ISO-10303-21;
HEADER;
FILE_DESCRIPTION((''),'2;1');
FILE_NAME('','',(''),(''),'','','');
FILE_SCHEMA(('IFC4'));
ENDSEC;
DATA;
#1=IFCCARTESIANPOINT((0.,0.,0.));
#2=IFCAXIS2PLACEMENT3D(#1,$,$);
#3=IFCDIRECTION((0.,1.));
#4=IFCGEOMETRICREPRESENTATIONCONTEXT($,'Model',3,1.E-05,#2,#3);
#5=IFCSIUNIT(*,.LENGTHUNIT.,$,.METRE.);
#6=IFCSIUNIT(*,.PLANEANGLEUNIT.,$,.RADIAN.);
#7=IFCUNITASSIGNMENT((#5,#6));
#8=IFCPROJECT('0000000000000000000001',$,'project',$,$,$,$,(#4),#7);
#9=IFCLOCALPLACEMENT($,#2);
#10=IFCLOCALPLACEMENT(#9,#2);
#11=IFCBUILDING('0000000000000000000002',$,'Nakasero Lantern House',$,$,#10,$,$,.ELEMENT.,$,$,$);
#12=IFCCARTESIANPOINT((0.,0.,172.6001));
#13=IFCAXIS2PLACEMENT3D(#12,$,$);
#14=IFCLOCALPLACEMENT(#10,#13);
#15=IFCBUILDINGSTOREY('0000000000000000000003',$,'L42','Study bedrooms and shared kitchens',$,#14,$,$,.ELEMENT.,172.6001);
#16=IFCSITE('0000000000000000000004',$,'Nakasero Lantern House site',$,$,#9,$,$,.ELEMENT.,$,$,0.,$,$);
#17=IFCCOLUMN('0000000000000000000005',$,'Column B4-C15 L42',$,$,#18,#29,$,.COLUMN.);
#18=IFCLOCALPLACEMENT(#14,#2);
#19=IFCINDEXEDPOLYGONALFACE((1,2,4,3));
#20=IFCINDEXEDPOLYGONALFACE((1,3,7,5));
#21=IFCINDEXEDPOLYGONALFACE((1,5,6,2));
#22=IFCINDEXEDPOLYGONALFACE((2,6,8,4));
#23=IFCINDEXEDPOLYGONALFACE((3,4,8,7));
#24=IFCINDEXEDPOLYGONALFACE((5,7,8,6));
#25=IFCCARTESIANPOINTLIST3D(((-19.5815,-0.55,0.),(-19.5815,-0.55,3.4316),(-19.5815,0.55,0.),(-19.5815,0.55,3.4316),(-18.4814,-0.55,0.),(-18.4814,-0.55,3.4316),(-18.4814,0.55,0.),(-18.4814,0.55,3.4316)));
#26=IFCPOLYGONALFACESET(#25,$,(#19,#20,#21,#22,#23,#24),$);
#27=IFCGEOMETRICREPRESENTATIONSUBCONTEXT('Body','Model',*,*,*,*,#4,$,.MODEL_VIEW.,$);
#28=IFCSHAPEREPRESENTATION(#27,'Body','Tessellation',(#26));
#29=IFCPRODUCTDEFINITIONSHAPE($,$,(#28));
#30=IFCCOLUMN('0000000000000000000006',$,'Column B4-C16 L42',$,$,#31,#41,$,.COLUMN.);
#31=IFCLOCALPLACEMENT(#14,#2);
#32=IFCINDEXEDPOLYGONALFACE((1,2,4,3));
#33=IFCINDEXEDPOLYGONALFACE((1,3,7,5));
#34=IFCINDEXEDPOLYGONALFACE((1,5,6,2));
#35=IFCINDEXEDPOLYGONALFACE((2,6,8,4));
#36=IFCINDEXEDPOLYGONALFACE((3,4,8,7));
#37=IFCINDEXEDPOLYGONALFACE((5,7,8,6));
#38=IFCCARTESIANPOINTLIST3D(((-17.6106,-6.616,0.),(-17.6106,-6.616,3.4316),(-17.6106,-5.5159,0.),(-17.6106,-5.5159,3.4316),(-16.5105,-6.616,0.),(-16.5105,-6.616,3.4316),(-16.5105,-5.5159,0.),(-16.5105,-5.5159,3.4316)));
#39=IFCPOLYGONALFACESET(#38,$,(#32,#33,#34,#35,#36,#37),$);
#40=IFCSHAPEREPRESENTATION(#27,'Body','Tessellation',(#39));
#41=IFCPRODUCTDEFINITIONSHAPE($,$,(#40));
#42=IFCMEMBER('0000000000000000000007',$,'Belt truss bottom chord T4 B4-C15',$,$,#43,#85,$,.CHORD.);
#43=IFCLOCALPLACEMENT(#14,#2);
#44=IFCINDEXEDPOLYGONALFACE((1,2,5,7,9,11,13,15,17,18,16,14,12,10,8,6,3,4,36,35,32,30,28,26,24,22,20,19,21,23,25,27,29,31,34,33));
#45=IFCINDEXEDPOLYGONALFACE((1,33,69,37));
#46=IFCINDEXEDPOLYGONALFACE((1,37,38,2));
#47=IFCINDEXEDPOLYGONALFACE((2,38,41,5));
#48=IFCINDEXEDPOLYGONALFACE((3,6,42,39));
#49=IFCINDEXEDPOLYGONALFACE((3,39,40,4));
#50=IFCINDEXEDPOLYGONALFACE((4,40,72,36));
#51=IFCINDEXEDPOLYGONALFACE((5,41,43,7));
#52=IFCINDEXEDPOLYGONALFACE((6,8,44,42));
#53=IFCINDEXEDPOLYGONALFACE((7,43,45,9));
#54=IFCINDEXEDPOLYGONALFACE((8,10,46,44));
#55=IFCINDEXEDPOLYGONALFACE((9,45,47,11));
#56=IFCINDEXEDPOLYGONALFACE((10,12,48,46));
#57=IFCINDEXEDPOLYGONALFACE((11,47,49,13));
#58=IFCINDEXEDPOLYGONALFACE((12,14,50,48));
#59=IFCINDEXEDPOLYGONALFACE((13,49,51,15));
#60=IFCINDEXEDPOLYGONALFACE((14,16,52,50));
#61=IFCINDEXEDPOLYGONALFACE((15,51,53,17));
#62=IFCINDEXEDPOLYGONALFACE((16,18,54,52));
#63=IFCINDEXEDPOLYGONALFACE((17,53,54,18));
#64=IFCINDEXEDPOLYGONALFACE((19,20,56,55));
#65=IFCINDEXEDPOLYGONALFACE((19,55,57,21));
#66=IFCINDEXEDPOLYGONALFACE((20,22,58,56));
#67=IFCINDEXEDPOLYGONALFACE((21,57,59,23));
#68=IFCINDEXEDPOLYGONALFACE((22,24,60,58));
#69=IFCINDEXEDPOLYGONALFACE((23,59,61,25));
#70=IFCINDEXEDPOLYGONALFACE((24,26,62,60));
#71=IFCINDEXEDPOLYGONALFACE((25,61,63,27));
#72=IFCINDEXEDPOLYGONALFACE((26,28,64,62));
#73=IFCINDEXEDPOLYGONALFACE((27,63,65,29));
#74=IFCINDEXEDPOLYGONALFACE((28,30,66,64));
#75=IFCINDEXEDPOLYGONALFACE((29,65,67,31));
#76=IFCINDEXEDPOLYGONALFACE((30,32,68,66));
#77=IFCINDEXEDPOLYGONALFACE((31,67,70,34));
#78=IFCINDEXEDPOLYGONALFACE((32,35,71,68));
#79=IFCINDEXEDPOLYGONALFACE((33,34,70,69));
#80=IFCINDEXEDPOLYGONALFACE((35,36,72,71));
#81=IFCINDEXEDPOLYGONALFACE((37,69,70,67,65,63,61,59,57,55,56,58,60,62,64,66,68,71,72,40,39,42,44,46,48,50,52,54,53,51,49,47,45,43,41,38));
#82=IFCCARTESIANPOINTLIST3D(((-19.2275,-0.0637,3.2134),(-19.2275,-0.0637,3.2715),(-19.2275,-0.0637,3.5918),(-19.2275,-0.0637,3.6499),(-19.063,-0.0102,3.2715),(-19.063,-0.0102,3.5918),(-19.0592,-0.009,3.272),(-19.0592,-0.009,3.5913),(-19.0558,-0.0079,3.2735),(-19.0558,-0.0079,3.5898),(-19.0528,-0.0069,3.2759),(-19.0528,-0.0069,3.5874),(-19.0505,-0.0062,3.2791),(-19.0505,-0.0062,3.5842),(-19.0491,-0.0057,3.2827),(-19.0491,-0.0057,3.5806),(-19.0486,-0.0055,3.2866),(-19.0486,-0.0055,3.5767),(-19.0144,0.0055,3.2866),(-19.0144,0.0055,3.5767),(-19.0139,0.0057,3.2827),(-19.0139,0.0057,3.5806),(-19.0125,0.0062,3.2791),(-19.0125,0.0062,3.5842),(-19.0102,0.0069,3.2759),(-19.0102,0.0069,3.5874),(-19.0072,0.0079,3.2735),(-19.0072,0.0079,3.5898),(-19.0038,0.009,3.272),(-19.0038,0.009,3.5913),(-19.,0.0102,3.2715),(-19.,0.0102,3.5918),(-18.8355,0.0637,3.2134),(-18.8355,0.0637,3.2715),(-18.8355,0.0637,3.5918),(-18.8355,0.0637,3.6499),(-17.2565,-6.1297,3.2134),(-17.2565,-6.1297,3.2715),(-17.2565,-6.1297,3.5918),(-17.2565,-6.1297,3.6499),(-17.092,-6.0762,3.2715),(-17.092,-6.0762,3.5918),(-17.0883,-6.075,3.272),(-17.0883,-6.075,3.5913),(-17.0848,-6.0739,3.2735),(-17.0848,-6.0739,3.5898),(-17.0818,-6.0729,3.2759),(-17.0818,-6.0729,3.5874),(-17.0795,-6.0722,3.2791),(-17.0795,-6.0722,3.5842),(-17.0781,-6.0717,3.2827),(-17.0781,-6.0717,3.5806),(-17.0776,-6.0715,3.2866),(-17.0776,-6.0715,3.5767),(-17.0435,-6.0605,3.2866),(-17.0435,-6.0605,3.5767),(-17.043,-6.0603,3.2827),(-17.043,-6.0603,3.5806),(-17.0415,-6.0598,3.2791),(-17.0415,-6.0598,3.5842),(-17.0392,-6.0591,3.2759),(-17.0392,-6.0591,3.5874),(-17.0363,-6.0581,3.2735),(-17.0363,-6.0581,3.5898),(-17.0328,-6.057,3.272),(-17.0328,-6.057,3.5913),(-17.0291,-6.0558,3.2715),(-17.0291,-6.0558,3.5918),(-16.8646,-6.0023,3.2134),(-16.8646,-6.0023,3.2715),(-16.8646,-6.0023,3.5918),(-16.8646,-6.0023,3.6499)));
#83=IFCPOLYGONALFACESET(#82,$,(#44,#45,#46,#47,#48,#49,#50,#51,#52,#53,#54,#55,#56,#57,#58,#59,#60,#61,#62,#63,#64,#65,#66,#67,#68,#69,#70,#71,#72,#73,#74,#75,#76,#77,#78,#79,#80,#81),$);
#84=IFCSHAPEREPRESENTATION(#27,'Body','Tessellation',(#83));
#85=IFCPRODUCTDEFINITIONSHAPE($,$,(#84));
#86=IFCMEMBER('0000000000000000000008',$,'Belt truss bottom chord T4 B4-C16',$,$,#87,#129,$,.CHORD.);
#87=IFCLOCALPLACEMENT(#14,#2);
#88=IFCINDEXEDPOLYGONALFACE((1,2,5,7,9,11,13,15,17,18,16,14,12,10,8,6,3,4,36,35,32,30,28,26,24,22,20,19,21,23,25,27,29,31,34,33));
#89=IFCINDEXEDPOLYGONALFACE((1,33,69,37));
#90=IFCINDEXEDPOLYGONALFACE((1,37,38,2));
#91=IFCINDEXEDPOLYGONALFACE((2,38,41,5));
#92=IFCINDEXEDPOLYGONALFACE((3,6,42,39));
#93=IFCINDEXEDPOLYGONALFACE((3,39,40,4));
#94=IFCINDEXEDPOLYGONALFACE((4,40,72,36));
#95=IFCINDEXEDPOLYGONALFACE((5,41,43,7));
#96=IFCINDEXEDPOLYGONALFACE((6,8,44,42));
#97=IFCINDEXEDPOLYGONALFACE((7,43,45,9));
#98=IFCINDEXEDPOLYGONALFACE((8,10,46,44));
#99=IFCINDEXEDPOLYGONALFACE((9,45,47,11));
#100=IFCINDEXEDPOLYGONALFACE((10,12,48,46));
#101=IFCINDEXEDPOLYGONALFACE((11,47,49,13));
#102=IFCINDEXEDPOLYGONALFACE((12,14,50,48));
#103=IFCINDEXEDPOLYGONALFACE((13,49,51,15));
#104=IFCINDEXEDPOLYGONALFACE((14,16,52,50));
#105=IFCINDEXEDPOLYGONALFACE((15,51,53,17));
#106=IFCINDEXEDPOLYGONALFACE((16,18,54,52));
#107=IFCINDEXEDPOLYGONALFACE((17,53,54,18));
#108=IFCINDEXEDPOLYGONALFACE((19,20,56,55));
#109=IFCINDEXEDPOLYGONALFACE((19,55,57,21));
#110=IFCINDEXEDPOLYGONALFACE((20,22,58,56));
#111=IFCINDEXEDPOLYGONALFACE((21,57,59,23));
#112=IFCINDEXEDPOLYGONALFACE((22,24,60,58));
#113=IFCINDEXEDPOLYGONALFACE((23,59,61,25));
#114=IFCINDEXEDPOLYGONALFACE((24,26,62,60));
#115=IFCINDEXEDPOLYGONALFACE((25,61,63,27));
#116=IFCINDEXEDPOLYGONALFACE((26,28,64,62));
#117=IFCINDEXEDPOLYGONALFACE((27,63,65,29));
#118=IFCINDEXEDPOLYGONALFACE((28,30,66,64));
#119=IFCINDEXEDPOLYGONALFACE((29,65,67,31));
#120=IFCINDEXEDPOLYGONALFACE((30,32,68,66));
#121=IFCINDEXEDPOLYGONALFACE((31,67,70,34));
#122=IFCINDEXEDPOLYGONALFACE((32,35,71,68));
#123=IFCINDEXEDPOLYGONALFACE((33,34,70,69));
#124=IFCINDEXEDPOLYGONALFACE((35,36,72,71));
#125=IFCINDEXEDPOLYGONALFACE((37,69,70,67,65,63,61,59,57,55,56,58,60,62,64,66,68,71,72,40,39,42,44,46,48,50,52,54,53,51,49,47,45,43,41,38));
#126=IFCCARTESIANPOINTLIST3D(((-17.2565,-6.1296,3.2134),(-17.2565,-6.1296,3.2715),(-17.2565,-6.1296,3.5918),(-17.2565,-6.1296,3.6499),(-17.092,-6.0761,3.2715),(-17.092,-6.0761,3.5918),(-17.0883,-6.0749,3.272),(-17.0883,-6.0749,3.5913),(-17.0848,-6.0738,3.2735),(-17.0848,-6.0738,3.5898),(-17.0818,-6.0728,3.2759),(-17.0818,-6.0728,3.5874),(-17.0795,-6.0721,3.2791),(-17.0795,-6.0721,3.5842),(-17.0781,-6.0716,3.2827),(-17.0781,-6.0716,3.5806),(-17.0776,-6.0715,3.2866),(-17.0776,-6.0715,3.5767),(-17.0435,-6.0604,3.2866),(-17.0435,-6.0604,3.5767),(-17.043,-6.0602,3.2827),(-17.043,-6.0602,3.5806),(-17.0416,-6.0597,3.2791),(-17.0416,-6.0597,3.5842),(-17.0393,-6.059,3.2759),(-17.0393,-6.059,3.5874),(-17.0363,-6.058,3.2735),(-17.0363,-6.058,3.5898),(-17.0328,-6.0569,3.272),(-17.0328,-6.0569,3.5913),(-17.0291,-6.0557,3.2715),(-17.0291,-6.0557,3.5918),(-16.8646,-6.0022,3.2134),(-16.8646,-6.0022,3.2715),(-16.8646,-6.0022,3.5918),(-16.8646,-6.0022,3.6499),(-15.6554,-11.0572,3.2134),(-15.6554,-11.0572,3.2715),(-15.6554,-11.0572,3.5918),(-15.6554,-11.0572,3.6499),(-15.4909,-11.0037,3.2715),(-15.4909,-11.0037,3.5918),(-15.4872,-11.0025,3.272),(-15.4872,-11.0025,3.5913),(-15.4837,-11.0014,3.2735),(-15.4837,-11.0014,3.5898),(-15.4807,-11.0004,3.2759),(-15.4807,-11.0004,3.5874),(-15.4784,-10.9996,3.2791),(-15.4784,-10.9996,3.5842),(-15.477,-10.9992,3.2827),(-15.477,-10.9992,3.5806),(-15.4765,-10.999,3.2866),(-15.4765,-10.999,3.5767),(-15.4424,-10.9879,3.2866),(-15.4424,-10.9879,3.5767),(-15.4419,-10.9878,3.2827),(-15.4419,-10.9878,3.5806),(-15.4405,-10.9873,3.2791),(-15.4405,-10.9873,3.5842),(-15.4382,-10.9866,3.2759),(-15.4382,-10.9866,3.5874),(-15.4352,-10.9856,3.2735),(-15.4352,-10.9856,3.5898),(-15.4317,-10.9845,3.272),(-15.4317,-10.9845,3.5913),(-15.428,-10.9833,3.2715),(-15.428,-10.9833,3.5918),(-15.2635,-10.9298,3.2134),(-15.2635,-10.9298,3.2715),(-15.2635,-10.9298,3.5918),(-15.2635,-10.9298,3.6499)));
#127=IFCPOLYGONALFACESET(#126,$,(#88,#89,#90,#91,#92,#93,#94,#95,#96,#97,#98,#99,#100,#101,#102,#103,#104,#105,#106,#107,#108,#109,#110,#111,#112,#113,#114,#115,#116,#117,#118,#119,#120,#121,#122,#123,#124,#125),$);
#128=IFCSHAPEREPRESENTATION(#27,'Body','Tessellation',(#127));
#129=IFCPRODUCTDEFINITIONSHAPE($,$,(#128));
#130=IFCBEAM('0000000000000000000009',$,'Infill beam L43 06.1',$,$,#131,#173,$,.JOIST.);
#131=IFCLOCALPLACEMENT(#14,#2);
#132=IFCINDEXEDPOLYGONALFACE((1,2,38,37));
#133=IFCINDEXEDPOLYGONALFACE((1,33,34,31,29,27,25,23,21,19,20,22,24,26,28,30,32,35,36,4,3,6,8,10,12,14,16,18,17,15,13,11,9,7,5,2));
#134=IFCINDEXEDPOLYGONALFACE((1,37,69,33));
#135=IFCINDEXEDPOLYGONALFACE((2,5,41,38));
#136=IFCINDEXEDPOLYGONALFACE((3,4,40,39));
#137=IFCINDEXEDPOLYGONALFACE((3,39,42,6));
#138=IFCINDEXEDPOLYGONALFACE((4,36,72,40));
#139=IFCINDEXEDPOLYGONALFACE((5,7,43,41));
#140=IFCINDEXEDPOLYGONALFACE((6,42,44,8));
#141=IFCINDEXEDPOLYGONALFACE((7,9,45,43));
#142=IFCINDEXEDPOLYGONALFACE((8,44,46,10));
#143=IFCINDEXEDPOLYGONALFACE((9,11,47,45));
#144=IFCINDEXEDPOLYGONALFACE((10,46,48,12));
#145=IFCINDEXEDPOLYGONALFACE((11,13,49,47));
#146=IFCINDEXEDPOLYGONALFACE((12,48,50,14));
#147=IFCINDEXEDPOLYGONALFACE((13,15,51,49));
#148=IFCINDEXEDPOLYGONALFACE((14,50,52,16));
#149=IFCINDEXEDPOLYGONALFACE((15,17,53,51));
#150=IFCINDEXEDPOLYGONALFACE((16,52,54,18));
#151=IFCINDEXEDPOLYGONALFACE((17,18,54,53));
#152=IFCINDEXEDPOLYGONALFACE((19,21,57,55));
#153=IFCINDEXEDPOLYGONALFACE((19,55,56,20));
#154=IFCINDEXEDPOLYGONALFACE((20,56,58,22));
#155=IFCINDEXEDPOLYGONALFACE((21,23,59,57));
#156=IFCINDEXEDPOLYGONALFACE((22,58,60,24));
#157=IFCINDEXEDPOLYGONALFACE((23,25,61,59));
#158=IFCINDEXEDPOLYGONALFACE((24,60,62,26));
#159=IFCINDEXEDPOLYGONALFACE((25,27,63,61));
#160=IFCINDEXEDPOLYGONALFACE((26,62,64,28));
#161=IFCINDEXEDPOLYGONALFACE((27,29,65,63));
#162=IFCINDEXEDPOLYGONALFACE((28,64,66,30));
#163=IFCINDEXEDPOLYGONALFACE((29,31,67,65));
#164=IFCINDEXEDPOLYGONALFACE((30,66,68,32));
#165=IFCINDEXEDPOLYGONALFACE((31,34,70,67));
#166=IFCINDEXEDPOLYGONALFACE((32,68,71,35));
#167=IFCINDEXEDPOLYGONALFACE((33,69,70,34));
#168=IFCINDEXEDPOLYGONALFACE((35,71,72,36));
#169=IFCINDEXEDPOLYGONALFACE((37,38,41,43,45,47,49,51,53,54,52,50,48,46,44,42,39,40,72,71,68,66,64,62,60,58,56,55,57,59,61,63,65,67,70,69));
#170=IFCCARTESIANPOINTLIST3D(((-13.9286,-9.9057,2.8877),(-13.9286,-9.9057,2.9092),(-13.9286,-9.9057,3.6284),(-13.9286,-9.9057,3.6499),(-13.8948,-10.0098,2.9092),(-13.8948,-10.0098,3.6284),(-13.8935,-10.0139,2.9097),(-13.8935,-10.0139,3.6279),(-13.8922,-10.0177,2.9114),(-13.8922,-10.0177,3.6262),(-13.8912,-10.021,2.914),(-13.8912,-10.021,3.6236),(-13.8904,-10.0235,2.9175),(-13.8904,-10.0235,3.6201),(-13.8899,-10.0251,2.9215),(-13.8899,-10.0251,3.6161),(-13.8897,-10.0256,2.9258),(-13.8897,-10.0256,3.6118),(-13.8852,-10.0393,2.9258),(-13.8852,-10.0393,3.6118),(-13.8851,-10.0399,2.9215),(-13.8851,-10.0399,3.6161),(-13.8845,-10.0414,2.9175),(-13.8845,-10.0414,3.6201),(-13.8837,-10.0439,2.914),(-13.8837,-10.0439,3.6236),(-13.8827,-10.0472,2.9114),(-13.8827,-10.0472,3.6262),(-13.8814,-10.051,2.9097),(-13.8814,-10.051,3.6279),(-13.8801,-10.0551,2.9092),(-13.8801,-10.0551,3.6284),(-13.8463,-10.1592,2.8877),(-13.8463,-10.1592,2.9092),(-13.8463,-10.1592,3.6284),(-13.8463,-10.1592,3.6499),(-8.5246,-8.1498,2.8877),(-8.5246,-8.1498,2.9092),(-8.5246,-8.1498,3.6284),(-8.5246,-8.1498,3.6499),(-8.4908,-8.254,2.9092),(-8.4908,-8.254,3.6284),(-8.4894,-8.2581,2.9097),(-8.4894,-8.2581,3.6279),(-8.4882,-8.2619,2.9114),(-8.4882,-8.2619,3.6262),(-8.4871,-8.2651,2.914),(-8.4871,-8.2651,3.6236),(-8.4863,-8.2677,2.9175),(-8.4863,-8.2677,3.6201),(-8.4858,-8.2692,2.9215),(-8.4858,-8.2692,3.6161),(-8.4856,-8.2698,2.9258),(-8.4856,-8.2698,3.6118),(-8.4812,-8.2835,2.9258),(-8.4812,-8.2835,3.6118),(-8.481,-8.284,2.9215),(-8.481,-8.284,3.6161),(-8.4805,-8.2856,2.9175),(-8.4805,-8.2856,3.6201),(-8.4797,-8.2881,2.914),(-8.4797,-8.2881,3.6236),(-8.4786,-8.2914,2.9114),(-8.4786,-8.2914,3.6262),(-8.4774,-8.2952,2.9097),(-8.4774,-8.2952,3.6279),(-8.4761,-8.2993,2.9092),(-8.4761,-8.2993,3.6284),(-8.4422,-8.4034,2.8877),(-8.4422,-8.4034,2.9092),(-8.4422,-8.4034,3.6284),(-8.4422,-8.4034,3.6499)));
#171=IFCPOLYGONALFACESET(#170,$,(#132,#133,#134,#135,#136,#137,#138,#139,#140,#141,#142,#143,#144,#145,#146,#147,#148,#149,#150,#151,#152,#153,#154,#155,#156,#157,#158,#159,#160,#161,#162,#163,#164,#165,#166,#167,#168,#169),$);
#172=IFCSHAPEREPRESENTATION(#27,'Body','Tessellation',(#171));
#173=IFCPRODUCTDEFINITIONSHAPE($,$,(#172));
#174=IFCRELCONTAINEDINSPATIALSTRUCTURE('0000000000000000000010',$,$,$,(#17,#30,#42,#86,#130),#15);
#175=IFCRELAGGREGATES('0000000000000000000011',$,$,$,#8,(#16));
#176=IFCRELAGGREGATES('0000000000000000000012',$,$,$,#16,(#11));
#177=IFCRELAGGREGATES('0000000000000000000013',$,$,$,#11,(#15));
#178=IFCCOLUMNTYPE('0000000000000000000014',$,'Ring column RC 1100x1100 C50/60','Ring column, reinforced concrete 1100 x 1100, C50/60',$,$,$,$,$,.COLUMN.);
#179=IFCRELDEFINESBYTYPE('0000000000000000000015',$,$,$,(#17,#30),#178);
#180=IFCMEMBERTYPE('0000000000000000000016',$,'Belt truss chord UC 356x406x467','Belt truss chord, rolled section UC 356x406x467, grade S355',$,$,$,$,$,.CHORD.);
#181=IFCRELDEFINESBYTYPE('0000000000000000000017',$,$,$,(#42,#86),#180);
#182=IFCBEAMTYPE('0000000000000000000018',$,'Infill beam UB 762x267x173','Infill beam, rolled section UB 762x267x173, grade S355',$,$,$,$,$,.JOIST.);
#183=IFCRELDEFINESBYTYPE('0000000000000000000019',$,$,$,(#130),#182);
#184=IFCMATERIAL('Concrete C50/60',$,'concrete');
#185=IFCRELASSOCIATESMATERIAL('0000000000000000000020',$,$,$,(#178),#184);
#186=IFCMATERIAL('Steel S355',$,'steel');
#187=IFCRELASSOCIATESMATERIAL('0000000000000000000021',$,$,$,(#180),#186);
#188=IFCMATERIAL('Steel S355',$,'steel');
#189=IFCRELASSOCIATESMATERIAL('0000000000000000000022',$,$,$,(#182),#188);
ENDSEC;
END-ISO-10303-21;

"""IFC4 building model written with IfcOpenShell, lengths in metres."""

from ifc_helpers import new_model, si_unit, direction, frame, origin, origin_2d, place, context, subcontext, project, spatial, rectangle, i_section, extrude, material, material_profile, profile_set, type_object, element, save


model = new_model("IFC4")

# Units and contexts
model_context = context("Model", 3, precision=1e-05, world=origin(), true_north=direction((0.0, 1.0)))
body_context = subcontext(model_context, "Body", "Model", "MODEL_VIEW")
ifc_project = project(units=[si_unit("LENGTHUNIT", "METRE"), si_unit("PLANEANGLEUNIT", "RADIAN")], contexts=[model_context])

# Site, building, storey
site_placement = place(None, origin())
site = spatial("IfcSite", under=ifc_project, at=site_placement, Name="Nakasero Lantern House site", CompositionType="ELEMENT", RefElevation=0.0)
building_placement = place(site_placement, origin())
building = spatial("IfcBuilding", under=site, at=building_placement, Name="Nakasero Lantern House", CompositionType="ELEMENT")
storey_placement = place(building_placement, frame((0.0, 0.0, 172.6001)))
storey = spatial("IfcBuildingStorey", under=building, at=storey_placement, Name="L42", Description="Study bedrooms and shared kitchens", CompositionType="ELEMENT", Elevation=172.6001)

# Columns
ifc_material_1 = material(Name="Concrete C50/60", Category="concrete")
ifc_material_profile_1 = material_profile(ifc_material_1, rectangle(XDim=1.1001, YDim=1.1001, at=origin_2d()), Name="RC 1100x1100")
ifc_profile_set_1 = profile_set([ifc_material_profile_1], Name="Concrete C50/60")
column_type = type_object("IfcColumnType", Name="Ring column RC 1100x1100 C50/60", Description="Ring column, reinforced concrete 1100 x 1100, C50/60", PredefinedType="COLUMN", material=ifc_profile_set_1)
for number, where, z_axis, x_axis, name in (
    (1, (-19.0315, 0.0, 0.0), (0.0, 0.0, 1.0), (1.0, 0.0, 0.0), "Column B4-C15 L42"),
    (2, (-17.0605, -6.0659, 0.0), (0.0, 0.0, 1.0), (1.0, 0.0, 0.0), "Column B4-C16 L42"),
):
    element("IfcColumn", number, at=place(storey_placement, frame(where, z_axis=z_axis, x_axis=x_axis)), inside=storey, type_object=column_type, Name=name, PredefinedType="COLUMN", context=body_context, shape_type="SweptSolid", body=[
        extrude(rectangle(XDim=1.1001, YDim=1.1001, at=origin_2d()), origin(), (0.0, 0.0, 1.0), 3.4316),
    ])

# Members
ifc_material_2 = material(Name="Steel S355", Category="steel")
ifc_material_profile_2 = material_profile(ifc_material_2, i_section(OverallWidth=0.4121, OverallDepth=0.4365, WebThickness=0.0359, FlangeThickness=0.0581, FilletRadius=0.0151, at=origin_2d()), Name="UC 356x406x467")
ifc_profile_set_2 = profile_set([ifc_material_profile_2], Name="Steel S355")
member_type = type_object("IfcMemberType", Name="Belt truss chord UC 356x406x467", Description="Belt truss chord, rolled section UC 356x406x467, grade S355", PredefinedType="CHORD", material=ifc_profile_set_2)
member_1_placement = place(storey_placement, frame((-19.0315, 0.0, 3.4316), z_axis=(0.309019, -0.951056, 0.0), x_axis=(0.951056, 0.309019, 0.0)))
element("IfcMember", 3, at=member_1_placement, inside=storey, type_object=member_type, Name="Belt truss bottom chord T4 B4-C15", PredefinedType="CHORD", context=body_context, shape_type="SweptSolid", body=[
    extrude(i_section(OverallWidth=0.4121, OverallDepth=0.4365, WebThickness=0.0359, FlangeThickness=0.0581, FilletRadius=0.0151, at=origin_2d()), origin(), (0.0, 0.0, 1.0), 6.3782),
])
member_2_placement = place(storey_placement, frame((-17.0605, -6.0659, 3.4316), z_axis=(0.309023, -0.951054, 0.0), x_axis=(0.951054, 0.309023, 0.0)))
element("IfcMember", 4, at=member_2_placement, inside=storey, type_object=member_type, Name="Belt truss bottom chord T4 B4-C16", PredefinedType="CHORD", context=body_context, shape_type="SweptSolid", body=[
    extrude(i_section(OverallWidth=0.4121, OverallDepth=0.4365, WebThickness=0.0359, FlangeThickness=0.0581, FilletRadius=0.0151, at=origin_2d()), origin(), (0.0, 0.0, 1.0), 5.1812),
])

# Beam
ifc_material_3 = material(Name="Steel S355", Category="steel")
ifc_material_profile_3 = material_profile(ifc_material_3, i_section(OverallWidth=0.2666, OverallDepth=0.7622, WebThickness=0.0144, FlangeThickness=0.0215, FilletRadius=0.0166, at=origin_2d()), Name="UB 762x267x173")
ifc_profile_set_3 = profile_set([ifc_material_profile_3], Name="Steel S355")
beam_type_1 = type_object("IfcBeamType", Name="Infill beam UB 762x267x173", Description="Infill beam, rolled section UB 762x267x173, grade S355", PredefinedType="JOIST", material=ifc_profile_set_3)
beam_1_placement = place(storey_placement, frame((-13.8875, -10.0325, 3.2688), z_axis=(0.951058, 0.309013, 0.0), x_axis=(-0.309013, 0.951058, 0.0)))
element("IfcBeam", 5, at=beam_1_placement, inside=storey, type_object=beam_type_1, Name="Infill beam L43 06.1", PredefinedType="JOIST", context=body_context, shape_type="SweptSolid", body=[
    extrude(i_section(OverallWidth=0.2666, OverallDepth=0.7622, WebThickness=0.0144, FlangeThickness=0.0215, FilletRadius=0.0166, at=origin_2d()), origin(), (0.0, 0.0, 1.0), 5.6821),
])

save(model, "model.ifc")
